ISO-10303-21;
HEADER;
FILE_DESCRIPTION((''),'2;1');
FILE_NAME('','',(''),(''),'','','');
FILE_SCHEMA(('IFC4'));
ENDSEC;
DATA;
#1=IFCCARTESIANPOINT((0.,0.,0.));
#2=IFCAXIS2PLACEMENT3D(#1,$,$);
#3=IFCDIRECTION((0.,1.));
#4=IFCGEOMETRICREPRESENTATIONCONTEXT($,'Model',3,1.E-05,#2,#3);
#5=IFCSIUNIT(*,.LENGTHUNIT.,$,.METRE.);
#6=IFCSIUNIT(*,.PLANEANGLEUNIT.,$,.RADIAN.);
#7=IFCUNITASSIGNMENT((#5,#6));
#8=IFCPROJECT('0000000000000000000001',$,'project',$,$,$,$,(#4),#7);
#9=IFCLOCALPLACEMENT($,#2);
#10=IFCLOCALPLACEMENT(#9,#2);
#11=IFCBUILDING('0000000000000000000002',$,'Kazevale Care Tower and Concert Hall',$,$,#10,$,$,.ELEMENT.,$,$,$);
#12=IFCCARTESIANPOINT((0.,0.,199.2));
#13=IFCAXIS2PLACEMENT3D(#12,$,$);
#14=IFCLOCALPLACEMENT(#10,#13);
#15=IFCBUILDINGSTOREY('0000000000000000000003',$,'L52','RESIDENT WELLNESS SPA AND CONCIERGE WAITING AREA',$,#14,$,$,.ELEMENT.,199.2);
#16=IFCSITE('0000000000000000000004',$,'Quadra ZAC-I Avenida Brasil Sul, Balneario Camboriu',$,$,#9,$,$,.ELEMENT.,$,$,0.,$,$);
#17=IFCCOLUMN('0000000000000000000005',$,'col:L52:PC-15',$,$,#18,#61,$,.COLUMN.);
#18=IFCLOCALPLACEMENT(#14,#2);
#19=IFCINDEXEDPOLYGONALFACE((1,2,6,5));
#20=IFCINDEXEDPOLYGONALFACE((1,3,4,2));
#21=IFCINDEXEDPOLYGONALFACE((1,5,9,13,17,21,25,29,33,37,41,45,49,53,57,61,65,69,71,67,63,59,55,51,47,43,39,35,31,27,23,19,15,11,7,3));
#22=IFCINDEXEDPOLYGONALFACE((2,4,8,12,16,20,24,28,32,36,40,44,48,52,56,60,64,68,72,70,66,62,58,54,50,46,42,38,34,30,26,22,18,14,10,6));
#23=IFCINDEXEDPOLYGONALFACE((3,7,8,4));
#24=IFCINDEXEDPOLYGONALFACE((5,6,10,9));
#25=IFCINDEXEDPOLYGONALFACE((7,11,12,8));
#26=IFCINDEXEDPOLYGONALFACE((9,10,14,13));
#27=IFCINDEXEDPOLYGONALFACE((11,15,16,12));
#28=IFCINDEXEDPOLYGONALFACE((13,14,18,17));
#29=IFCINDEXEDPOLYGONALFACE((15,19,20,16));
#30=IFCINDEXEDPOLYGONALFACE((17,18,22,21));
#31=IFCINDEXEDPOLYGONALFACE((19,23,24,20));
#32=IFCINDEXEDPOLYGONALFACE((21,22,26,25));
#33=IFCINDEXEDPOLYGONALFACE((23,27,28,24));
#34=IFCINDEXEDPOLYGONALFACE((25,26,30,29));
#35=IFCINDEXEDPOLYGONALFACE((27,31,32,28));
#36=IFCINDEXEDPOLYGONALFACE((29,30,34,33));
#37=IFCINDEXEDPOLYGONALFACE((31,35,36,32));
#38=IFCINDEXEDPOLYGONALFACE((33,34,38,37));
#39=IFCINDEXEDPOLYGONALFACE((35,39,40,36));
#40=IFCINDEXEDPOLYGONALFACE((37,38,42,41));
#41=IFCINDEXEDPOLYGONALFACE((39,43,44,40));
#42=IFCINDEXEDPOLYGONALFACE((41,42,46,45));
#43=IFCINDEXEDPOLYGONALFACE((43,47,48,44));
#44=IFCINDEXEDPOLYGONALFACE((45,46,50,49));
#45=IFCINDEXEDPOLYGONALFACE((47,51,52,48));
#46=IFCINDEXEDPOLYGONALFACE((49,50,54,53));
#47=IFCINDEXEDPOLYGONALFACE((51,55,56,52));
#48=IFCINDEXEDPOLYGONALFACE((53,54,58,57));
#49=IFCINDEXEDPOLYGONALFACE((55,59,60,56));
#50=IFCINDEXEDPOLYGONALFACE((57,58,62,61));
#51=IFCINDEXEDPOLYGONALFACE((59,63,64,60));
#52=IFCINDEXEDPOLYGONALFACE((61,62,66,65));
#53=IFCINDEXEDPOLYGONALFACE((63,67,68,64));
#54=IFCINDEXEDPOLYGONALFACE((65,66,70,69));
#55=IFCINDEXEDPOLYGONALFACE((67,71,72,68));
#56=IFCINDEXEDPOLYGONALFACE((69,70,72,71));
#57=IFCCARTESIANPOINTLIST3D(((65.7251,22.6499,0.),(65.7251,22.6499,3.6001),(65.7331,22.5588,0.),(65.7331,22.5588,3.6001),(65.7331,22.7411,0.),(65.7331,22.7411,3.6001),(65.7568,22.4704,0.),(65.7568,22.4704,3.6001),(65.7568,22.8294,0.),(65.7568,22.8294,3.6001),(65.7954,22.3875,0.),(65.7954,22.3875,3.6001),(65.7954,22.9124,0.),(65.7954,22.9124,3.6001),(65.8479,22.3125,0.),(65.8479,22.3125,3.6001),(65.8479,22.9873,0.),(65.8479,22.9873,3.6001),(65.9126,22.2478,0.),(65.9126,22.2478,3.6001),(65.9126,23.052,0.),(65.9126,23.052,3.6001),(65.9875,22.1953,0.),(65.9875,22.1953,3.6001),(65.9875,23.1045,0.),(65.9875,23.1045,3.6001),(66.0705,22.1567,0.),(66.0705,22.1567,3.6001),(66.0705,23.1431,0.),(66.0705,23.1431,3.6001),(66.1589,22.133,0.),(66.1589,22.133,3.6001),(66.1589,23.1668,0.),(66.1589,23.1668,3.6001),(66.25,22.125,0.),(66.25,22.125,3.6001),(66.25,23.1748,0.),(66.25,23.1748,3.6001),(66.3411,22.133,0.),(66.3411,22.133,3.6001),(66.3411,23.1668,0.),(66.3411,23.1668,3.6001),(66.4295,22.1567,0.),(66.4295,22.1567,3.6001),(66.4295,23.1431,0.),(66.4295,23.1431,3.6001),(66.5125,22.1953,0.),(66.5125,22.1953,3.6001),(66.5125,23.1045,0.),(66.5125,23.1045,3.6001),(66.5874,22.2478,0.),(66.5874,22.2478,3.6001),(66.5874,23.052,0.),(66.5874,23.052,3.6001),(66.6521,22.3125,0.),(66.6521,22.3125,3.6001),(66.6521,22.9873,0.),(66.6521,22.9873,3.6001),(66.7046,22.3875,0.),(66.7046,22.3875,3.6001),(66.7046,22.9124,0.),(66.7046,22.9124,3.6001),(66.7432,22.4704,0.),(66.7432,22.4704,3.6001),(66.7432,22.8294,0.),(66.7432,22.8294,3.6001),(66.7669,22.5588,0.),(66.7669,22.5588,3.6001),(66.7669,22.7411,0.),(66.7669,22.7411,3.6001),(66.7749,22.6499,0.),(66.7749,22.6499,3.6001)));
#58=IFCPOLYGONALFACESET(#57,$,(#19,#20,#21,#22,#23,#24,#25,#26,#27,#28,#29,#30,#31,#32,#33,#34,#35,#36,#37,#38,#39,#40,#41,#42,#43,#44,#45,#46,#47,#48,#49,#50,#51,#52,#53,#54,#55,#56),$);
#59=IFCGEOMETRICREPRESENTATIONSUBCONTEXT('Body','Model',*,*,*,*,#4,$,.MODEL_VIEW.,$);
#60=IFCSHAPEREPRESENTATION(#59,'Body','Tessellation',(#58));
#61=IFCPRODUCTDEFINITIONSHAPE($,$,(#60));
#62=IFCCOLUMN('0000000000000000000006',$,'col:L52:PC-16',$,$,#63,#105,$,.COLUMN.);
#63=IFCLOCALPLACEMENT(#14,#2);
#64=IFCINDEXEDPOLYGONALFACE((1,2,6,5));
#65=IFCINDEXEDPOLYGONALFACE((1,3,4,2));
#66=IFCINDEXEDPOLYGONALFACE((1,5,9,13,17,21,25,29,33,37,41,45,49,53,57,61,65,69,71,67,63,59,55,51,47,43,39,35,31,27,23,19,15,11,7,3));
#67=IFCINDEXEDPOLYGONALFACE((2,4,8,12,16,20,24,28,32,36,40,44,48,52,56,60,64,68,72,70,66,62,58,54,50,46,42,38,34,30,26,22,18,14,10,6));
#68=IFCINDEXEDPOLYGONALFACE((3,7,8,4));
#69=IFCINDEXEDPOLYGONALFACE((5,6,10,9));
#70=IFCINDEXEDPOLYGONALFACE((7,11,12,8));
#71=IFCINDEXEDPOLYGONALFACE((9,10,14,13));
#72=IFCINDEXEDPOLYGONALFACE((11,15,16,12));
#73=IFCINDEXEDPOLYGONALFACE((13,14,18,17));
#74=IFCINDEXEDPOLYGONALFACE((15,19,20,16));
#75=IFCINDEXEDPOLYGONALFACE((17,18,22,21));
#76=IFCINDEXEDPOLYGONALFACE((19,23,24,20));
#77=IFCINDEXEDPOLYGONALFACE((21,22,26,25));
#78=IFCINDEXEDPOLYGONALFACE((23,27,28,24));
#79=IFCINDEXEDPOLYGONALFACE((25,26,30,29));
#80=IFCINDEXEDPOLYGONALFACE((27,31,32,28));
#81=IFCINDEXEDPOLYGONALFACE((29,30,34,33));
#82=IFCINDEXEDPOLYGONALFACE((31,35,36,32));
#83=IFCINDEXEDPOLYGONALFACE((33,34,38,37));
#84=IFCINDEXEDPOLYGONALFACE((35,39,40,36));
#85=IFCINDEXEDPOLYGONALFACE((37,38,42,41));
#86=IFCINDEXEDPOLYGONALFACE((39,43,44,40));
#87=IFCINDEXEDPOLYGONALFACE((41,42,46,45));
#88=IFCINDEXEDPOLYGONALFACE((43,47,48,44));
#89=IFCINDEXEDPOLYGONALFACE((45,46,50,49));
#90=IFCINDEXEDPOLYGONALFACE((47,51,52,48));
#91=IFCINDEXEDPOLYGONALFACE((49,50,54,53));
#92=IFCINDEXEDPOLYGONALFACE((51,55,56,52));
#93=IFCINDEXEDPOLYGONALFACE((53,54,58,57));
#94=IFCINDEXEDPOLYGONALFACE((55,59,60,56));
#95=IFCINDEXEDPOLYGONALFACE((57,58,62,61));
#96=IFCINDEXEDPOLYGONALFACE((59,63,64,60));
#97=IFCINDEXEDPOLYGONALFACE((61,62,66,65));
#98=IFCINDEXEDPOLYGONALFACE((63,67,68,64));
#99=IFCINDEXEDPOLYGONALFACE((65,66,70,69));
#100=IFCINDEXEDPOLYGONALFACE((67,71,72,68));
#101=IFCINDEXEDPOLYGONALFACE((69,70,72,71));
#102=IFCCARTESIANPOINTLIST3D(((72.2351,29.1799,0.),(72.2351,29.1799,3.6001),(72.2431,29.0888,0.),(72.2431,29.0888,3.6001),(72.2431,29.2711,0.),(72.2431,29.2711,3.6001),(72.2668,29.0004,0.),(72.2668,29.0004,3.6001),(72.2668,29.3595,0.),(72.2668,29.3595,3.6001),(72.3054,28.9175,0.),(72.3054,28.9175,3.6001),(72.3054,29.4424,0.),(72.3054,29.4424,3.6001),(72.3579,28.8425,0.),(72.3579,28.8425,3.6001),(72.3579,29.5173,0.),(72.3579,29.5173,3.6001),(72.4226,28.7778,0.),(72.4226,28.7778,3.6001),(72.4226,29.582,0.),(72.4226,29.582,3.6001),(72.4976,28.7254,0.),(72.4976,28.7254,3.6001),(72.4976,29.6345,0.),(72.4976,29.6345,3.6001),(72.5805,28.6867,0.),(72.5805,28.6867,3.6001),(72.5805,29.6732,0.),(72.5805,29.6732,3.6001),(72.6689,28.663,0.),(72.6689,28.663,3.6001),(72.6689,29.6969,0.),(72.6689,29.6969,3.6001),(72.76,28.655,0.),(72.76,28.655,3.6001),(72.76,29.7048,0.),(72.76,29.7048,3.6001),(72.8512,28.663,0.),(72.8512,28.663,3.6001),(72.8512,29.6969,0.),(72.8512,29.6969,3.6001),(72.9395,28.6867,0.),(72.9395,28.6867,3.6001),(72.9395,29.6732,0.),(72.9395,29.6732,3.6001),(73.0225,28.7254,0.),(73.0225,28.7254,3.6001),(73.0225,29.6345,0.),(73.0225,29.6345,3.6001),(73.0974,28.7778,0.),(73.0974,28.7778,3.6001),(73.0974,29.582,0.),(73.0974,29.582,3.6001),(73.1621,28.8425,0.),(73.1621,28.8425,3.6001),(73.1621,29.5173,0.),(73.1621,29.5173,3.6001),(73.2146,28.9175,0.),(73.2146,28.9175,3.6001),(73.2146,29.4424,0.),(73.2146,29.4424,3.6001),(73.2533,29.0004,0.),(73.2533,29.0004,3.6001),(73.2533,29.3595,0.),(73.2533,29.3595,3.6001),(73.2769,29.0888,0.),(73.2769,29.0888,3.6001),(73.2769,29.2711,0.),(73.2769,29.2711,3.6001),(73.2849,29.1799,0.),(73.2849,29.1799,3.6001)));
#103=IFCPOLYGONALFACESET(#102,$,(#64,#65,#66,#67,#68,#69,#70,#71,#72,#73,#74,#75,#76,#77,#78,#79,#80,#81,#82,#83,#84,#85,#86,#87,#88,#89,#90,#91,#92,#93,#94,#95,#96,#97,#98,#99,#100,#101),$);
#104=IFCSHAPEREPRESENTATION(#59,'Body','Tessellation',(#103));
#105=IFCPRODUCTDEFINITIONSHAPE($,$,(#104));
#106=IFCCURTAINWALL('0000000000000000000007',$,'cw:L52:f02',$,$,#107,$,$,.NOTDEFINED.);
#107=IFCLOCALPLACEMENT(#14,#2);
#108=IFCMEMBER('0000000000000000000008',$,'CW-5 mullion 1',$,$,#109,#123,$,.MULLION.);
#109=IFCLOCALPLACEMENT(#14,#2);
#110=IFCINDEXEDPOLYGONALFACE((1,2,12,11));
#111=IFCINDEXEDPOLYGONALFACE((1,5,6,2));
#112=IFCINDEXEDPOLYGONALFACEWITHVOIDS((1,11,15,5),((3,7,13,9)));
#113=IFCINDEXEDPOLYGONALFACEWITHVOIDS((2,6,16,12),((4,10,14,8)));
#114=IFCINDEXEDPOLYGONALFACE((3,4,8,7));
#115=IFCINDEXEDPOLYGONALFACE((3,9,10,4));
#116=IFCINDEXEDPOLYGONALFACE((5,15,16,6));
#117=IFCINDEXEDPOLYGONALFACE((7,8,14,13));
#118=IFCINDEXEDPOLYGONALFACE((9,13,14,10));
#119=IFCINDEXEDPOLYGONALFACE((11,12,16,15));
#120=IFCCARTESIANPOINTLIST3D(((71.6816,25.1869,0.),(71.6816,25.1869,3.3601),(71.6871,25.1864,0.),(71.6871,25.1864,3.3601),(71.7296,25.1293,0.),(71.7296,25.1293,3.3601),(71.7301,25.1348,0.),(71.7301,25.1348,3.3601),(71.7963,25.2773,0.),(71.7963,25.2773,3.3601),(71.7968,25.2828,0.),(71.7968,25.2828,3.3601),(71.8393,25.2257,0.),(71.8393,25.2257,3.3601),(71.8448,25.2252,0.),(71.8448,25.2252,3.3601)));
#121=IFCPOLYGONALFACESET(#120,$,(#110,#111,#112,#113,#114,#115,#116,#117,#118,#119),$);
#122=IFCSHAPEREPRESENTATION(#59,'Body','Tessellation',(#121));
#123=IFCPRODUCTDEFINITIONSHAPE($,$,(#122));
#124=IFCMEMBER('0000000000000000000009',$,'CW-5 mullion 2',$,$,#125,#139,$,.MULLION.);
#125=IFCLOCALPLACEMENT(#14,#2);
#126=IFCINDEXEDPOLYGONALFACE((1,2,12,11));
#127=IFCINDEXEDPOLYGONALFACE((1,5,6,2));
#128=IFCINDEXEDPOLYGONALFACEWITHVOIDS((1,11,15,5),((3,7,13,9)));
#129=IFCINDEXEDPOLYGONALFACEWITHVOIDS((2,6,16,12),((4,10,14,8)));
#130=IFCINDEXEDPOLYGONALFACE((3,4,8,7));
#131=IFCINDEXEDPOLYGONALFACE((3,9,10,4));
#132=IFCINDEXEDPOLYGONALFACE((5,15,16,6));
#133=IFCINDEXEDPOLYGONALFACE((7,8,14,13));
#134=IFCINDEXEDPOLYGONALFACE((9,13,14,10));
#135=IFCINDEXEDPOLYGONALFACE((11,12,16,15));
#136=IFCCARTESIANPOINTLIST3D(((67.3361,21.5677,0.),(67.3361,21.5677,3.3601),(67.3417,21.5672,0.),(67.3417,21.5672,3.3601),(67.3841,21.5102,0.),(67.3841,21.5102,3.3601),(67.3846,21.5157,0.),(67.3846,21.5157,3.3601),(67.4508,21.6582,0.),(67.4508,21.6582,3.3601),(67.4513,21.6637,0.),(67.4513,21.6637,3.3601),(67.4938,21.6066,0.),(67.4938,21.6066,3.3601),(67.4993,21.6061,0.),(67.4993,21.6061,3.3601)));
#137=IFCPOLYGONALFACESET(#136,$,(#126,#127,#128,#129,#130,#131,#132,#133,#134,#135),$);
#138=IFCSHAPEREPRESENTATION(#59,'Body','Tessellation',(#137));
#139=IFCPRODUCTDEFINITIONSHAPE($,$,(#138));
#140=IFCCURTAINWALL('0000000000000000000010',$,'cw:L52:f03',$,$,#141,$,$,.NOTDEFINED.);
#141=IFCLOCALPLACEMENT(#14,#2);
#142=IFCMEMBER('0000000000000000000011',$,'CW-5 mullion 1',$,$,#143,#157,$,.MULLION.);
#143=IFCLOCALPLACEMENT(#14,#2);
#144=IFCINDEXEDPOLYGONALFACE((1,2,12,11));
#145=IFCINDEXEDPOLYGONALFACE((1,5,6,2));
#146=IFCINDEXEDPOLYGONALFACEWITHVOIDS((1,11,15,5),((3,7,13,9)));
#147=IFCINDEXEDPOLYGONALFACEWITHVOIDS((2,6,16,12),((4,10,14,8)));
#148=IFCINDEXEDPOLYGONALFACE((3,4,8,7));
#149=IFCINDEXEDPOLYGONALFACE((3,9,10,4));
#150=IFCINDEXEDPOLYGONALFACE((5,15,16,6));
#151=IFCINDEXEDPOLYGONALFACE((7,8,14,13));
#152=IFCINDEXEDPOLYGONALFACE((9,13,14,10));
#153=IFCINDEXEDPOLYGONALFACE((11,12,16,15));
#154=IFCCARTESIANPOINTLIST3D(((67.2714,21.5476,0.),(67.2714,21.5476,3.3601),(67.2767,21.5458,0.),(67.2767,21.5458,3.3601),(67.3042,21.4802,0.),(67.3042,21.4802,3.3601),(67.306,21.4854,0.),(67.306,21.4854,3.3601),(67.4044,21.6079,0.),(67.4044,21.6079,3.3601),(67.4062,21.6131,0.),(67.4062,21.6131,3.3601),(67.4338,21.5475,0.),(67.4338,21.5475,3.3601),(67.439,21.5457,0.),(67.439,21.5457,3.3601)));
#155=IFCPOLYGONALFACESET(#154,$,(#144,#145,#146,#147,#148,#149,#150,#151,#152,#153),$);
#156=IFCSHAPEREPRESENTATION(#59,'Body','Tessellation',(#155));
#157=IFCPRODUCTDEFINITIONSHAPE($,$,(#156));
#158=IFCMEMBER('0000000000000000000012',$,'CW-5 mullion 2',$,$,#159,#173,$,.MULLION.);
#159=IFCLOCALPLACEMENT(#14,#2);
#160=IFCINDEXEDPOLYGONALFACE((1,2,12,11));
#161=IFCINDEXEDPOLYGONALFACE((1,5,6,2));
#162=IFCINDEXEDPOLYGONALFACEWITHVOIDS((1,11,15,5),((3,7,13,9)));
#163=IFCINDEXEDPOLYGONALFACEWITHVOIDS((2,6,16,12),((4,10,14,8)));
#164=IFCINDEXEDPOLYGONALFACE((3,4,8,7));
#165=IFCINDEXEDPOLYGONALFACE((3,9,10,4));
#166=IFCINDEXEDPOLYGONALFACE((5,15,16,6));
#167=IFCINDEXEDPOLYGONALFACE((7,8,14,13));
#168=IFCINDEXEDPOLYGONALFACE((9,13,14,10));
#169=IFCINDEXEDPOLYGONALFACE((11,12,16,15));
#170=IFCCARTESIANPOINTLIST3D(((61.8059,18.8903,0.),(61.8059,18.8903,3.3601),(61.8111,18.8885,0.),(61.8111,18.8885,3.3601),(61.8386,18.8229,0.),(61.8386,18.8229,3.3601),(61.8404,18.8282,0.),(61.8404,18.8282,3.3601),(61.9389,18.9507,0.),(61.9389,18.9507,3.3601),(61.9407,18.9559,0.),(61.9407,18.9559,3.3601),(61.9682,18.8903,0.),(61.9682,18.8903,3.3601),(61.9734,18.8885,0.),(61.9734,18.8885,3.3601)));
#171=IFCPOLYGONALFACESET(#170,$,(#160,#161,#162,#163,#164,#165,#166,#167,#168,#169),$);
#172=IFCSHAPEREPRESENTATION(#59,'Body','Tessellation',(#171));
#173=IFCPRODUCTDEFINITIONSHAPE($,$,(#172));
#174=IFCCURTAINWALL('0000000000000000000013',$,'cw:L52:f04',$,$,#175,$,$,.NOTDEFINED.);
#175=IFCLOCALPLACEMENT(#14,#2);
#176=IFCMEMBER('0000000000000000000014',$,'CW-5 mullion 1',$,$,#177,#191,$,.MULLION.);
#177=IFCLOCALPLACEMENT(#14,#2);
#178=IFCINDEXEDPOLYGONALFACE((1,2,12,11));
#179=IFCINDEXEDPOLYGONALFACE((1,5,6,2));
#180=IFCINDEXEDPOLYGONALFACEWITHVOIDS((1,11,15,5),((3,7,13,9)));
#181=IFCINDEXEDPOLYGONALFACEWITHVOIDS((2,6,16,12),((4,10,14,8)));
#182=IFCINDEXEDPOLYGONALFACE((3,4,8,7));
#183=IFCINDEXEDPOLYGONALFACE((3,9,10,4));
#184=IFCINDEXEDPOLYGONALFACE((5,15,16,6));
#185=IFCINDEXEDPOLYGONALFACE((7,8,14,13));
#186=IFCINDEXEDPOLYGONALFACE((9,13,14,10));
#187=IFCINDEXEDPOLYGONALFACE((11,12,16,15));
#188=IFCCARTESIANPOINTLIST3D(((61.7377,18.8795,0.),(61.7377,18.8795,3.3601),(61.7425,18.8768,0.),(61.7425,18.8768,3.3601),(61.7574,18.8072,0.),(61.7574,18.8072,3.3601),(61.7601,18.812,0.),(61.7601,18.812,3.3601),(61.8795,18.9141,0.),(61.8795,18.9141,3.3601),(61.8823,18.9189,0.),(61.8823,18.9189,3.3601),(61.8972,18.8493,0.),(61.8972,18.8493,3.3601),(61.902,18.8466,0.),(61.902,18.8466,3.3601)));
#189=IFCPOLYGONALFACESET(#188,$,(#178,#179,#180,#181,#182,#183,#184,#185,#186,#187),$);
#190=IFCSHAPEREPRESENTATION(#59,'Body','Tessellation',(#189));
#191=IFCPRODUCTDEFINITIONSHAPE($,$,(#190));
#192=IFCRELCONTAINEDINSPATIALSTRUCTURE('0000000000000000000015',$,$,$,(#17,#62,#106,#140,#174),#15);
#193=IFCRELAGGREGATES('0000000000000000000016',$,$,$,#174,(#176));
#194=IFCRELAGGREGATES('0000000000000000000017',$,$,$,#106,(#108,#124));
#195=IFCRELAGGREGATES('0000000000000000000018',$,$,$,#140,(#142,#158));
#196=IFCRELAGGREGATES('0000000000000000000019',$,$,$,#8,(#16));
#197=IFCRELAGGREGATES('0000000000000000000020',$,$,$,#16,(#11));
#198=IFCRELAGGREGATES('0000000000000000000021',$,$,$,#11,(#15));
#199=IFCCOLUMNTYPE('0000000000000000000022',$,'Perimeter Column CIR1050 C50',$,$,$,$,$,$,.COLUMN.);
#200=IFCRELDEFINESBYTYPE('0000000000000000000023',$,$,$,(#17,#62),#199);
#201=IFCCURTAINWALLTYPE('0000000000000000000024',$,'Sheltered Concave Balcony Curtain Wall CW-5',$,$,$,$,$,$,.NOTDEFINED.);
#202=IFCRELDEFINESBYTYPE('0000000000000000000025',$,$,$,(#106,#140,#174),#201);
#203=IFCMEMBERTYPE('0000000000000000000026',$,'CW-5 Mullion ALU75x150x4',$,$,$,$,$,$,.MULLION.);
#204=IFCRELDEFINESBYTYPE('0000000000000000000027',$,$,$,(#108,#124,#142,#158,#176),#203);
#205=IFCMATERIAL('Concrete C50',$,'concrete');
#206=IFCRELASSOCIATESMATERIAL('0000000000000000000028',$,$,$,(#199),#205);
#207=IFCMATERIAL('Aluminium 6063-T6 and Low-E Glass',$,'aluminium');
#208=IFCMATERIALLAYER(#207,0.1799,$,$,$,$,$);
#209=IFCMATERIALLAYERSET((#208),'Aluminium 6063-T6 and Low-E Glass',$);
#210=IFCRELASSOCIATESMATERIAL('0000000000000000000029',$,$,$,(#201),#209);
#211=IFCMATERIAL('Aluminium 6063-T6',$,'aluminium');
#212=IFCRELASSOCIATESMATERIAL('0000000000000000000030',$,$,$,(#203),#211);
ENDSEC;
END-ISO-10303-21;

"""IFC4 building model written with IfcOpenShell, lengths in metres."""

from ifc_helpers import new_model, si_unit, direction, frame, origin, origin_2d, place, context, subcontext, project, spatial, hollow_rectangle, circle, extrude, material, layer, layer_set, material_profile, profile_set, type_object, element, aggregate, save


model = new_model("IFC4")

# Units and contexts
model_context = context("Model", 3, precision=1e-05, world=origin(), true_north=direction((0.0, 1.0)))
body_context = subcontext(model_context, "Body", "Model", "MODEL_VIEW")
ifc_project = project(units=[si_unit("LENGTHUNIT", "METRE"), si_unit("PLANEANGLEUNIT", "RADIAN")], contexts=[model_context])

# Site, building, storey
site_placement = place(None, origin())
site = spatial("IfcSite", under=ifc_project, at=site_placement, Name="Quadra ZAC-I Avenida Brasil Sul, Balneario Camboriu", CompositionType="ELEMENT", RefElevation=0.0)
building_placement = place(site_placement, origin())
building = spatial("IfcBuilding", under=site, at=building_placement, Name="Kazevale Care Tower and Concert Hall", CompositionType="ELEMENT")
storey_placement = place(building_placement, frame((0.0, 0.0, 199.2)))
storey = spatial("IfcBuildingStorey", under=building, at=storey_placement, Name="L52", Description="RESIDENT WELLNESS SPA AND CONCIERGE WAITING AREA", CompositionType="ELEMENT", Elevation=199.2)

# Columns
ifc_material_1 = material(Name="Concrete C50", Category="concrete")
ifc_material_profile_1 = material_profile(ifc_material_1, circle(Radius=0.5249, at=origin_2d()), Name="RC-CIR1050")
ifc_profile_set_1 = profile_set([ifc_material_profile_1], Name="Concrete C50")
column_type = type_object("IfcColumnType", Name="Perimeter Column CIR1050 C50", PredefinedType="COLUMN", material=ifc_profile_set_1)
for number, where, z_axis, x_axis, name in (
    (1, (66.25, 22.6499, 0.0), (0.0, 0.0, 1.0), (1.0, 0.0, 0.0), "col:L52:PC-15"),
    (2, (72.76, 29.1799, 0.0), (0.0, 0.0, 1.0), (1.0, 0.0, 0.0), "col:L52:PC-16"),
):
    element("IfcColumn", number, at=place(storey_placement, frame(where, z_axis=z_axis, x_axis=x_axis)), inside=storey, type_object=column_type, Name=name, PredefinedType="COLUMN", context=body_context, shape_type="SweptSolid", body=[
        extrude(circle(Radius=0.5249, at=origin_2d()), origin(), (0.0, 0.0, 1.0), 3.6001),
    ])

# Curtain walls, members
ifc_material_2 = material(Name="Aluminium 6063-T6 and Low-E Glass", Category="aluminium")
ifc_layer_1 = layer(ifc_material_2, 0.1799)
ifc_layer_set_1 = layer_set([ifc_layer_1], Name="Aluminium 6063-T6 and Low-E Glass")
curtain_wall_type = type_object("IfcCurtainWallType", Name="Sheltered Concave Balcony Curtain Wall CW-5", PredefinedType="NOTDEFINED", material=ifc_layer_set_1)
curtain_wall_1_placement = place(storey_placement, origin())
curtain_wall_1 = element("IfcCurtainWall", 3, at=curtain_wall_1_placement, inside=storey, type_object=curtain_wall_type, Name="cw:L52:f02", PredefinedType="NOTDEFINED")
ifc_material_3 = material(Name="Aluminium 6063-T6", Category="aluminium")
ifc_material_profile_2 = material_profile(ifc_material_3, hollow_rectangle(XDim=0.075, YDim=0.1499, WallThickness=0.0039, at=origin_2d()), Name="ALU75x150x4")
ifc_profile_set_2 = profile_set([ifc_material_profile_2], Name="Aluminium 6063-T6")
member_type_1 = type_object("IfcMemberType", Name="CW-5 Mullion ALU75x150x4", PredefinedType="MULLION", material=ifc_profile_set_2)
member_1_placement = place(storey_placement, frame((71.7632, 25.2061, 0.0), z_axis=(0.0, 0.0, 1.0), x_axis=(0.639961, -0.768407, 0.0)))
member_1 = element("IfcMember", 4, at=member_1_placement, type_object=member_type_1, Name="CW-5 mullion 1", PredefinedType="MULLION", context=body_context, shape_type="SweptSolid", body=[
    extrude(hollow_rectangle(XDim=0.075, YDim=0.1499, WallThickness=0.0039, at=origin_2d()), origin(), (0.0, 0.0, 1.0), 3.3601),
])
member_2_placement = place(storey_placement, frame((67.4177, 21.5869, 0.0), z_axis=(0.0, 0.0, 1.0), x_axis=(0.639961, -0.768407, 0.0)))
member_2 = element("IfcMember", 5, at=member_2_placement, type_object=member_type_1, Name="CW-5 mullion 2", PredefinedType="MULLION", context=body_context, shape_type="SweptSolid", body=[
    extrude(hollow_rectangle(XDim=0.075, YDim=0.1499, WallThickness=0.0039, at=origin_2d()), origin(), (0.0, 0.0, 1.0), 3.3601),
])
curtain_wall_2_placement = place(storey_placement, origin())
curtain_wall_2 = element("IfcCurtainWall", 6, at=curtain_wall_2_placement, inside=storey, type_object=curtain_wall_type, Name="cw:L52:f03", PredefinedType="NOTDEFINED")
member_3_placement = place(storey_placement, frame((67.3552, 21.5466, 0.0), z_axis=(0.0, 0.0, 1.0), x_axis=(0.437238, -0.899346, 0.0)))
member_3 = element("IfcMember", 7, at=member_3_placement, type_object=member_type_1, Name="CW-5 mullion 1", PredefinedType="MULLION", context=body_context, shape_type="SweptSolid", body=[
    extrude(hollow_rectangle(XDim=0.075, YDim=0.1499, WallThickness=0.0039, at=origin_2d()), origin(), (0.0, 0.0, 1.0), 3.3601),
])
member_4_placement = place(storey_placement, frame((61.8896, 18.8894, 0.0), z_axis=(0.0, 0.0, 1.0), x_axis=(0.437238, -0.899346, 0.0)))
member_4 = element("IfcMember", 8, at=member_4_placement, type_object=member_type_1, Name="CW-5 mullion 2", PredefinedType="MULLION", context=body_context, shape_type="SweptSolid", body=[
    extrude(hollow_rectangle(XDim=0.075, YDim=0.1499, WallThickness=0.0039, at=origin_2d()), origin(), (0.0, 0.0, 1.0), 3.3601),
])

# Curtain wall, member
curtain_wall_3_placement = place(storey_placement, origin())
curtain_wall_3 = element("IfcCurtainWall", 9, at=curtain_wall_3_placement, inside=storey, type_object=curtain_wall_type, Name="cw:L52:f04", PredefinedType="NOTDEFINED")
member_5_placement = place(storey_placement, frame((61.8198, 18.863, 0.0), z_axis=(0.0, 0.0, 1.0), x_axis=(0.262849, -0.964837, 0.0)))
member_5 = element("IfcMember", 10, at=member_5_placement, type_object=member_type_1, Name="CW-5 mullion 1", PredefinedType="MULLION", context=body_context, shape_type="SweptSolid", body=[
    extrude(hollow_rectangle(XDim=0.075, YDim=0.1499, WallThickness=0.0039, at=origin_2d()), origin(), (0.0, 0.0, 1.0), 3.3601),
])

aggregate(curtain_wall_3, [member_5])

aggregate(curtain_wall_1, [member_1, member_2])
aggregate(curtain_wall_2, [member_3, member_4])

save(model, "model.ifc")
